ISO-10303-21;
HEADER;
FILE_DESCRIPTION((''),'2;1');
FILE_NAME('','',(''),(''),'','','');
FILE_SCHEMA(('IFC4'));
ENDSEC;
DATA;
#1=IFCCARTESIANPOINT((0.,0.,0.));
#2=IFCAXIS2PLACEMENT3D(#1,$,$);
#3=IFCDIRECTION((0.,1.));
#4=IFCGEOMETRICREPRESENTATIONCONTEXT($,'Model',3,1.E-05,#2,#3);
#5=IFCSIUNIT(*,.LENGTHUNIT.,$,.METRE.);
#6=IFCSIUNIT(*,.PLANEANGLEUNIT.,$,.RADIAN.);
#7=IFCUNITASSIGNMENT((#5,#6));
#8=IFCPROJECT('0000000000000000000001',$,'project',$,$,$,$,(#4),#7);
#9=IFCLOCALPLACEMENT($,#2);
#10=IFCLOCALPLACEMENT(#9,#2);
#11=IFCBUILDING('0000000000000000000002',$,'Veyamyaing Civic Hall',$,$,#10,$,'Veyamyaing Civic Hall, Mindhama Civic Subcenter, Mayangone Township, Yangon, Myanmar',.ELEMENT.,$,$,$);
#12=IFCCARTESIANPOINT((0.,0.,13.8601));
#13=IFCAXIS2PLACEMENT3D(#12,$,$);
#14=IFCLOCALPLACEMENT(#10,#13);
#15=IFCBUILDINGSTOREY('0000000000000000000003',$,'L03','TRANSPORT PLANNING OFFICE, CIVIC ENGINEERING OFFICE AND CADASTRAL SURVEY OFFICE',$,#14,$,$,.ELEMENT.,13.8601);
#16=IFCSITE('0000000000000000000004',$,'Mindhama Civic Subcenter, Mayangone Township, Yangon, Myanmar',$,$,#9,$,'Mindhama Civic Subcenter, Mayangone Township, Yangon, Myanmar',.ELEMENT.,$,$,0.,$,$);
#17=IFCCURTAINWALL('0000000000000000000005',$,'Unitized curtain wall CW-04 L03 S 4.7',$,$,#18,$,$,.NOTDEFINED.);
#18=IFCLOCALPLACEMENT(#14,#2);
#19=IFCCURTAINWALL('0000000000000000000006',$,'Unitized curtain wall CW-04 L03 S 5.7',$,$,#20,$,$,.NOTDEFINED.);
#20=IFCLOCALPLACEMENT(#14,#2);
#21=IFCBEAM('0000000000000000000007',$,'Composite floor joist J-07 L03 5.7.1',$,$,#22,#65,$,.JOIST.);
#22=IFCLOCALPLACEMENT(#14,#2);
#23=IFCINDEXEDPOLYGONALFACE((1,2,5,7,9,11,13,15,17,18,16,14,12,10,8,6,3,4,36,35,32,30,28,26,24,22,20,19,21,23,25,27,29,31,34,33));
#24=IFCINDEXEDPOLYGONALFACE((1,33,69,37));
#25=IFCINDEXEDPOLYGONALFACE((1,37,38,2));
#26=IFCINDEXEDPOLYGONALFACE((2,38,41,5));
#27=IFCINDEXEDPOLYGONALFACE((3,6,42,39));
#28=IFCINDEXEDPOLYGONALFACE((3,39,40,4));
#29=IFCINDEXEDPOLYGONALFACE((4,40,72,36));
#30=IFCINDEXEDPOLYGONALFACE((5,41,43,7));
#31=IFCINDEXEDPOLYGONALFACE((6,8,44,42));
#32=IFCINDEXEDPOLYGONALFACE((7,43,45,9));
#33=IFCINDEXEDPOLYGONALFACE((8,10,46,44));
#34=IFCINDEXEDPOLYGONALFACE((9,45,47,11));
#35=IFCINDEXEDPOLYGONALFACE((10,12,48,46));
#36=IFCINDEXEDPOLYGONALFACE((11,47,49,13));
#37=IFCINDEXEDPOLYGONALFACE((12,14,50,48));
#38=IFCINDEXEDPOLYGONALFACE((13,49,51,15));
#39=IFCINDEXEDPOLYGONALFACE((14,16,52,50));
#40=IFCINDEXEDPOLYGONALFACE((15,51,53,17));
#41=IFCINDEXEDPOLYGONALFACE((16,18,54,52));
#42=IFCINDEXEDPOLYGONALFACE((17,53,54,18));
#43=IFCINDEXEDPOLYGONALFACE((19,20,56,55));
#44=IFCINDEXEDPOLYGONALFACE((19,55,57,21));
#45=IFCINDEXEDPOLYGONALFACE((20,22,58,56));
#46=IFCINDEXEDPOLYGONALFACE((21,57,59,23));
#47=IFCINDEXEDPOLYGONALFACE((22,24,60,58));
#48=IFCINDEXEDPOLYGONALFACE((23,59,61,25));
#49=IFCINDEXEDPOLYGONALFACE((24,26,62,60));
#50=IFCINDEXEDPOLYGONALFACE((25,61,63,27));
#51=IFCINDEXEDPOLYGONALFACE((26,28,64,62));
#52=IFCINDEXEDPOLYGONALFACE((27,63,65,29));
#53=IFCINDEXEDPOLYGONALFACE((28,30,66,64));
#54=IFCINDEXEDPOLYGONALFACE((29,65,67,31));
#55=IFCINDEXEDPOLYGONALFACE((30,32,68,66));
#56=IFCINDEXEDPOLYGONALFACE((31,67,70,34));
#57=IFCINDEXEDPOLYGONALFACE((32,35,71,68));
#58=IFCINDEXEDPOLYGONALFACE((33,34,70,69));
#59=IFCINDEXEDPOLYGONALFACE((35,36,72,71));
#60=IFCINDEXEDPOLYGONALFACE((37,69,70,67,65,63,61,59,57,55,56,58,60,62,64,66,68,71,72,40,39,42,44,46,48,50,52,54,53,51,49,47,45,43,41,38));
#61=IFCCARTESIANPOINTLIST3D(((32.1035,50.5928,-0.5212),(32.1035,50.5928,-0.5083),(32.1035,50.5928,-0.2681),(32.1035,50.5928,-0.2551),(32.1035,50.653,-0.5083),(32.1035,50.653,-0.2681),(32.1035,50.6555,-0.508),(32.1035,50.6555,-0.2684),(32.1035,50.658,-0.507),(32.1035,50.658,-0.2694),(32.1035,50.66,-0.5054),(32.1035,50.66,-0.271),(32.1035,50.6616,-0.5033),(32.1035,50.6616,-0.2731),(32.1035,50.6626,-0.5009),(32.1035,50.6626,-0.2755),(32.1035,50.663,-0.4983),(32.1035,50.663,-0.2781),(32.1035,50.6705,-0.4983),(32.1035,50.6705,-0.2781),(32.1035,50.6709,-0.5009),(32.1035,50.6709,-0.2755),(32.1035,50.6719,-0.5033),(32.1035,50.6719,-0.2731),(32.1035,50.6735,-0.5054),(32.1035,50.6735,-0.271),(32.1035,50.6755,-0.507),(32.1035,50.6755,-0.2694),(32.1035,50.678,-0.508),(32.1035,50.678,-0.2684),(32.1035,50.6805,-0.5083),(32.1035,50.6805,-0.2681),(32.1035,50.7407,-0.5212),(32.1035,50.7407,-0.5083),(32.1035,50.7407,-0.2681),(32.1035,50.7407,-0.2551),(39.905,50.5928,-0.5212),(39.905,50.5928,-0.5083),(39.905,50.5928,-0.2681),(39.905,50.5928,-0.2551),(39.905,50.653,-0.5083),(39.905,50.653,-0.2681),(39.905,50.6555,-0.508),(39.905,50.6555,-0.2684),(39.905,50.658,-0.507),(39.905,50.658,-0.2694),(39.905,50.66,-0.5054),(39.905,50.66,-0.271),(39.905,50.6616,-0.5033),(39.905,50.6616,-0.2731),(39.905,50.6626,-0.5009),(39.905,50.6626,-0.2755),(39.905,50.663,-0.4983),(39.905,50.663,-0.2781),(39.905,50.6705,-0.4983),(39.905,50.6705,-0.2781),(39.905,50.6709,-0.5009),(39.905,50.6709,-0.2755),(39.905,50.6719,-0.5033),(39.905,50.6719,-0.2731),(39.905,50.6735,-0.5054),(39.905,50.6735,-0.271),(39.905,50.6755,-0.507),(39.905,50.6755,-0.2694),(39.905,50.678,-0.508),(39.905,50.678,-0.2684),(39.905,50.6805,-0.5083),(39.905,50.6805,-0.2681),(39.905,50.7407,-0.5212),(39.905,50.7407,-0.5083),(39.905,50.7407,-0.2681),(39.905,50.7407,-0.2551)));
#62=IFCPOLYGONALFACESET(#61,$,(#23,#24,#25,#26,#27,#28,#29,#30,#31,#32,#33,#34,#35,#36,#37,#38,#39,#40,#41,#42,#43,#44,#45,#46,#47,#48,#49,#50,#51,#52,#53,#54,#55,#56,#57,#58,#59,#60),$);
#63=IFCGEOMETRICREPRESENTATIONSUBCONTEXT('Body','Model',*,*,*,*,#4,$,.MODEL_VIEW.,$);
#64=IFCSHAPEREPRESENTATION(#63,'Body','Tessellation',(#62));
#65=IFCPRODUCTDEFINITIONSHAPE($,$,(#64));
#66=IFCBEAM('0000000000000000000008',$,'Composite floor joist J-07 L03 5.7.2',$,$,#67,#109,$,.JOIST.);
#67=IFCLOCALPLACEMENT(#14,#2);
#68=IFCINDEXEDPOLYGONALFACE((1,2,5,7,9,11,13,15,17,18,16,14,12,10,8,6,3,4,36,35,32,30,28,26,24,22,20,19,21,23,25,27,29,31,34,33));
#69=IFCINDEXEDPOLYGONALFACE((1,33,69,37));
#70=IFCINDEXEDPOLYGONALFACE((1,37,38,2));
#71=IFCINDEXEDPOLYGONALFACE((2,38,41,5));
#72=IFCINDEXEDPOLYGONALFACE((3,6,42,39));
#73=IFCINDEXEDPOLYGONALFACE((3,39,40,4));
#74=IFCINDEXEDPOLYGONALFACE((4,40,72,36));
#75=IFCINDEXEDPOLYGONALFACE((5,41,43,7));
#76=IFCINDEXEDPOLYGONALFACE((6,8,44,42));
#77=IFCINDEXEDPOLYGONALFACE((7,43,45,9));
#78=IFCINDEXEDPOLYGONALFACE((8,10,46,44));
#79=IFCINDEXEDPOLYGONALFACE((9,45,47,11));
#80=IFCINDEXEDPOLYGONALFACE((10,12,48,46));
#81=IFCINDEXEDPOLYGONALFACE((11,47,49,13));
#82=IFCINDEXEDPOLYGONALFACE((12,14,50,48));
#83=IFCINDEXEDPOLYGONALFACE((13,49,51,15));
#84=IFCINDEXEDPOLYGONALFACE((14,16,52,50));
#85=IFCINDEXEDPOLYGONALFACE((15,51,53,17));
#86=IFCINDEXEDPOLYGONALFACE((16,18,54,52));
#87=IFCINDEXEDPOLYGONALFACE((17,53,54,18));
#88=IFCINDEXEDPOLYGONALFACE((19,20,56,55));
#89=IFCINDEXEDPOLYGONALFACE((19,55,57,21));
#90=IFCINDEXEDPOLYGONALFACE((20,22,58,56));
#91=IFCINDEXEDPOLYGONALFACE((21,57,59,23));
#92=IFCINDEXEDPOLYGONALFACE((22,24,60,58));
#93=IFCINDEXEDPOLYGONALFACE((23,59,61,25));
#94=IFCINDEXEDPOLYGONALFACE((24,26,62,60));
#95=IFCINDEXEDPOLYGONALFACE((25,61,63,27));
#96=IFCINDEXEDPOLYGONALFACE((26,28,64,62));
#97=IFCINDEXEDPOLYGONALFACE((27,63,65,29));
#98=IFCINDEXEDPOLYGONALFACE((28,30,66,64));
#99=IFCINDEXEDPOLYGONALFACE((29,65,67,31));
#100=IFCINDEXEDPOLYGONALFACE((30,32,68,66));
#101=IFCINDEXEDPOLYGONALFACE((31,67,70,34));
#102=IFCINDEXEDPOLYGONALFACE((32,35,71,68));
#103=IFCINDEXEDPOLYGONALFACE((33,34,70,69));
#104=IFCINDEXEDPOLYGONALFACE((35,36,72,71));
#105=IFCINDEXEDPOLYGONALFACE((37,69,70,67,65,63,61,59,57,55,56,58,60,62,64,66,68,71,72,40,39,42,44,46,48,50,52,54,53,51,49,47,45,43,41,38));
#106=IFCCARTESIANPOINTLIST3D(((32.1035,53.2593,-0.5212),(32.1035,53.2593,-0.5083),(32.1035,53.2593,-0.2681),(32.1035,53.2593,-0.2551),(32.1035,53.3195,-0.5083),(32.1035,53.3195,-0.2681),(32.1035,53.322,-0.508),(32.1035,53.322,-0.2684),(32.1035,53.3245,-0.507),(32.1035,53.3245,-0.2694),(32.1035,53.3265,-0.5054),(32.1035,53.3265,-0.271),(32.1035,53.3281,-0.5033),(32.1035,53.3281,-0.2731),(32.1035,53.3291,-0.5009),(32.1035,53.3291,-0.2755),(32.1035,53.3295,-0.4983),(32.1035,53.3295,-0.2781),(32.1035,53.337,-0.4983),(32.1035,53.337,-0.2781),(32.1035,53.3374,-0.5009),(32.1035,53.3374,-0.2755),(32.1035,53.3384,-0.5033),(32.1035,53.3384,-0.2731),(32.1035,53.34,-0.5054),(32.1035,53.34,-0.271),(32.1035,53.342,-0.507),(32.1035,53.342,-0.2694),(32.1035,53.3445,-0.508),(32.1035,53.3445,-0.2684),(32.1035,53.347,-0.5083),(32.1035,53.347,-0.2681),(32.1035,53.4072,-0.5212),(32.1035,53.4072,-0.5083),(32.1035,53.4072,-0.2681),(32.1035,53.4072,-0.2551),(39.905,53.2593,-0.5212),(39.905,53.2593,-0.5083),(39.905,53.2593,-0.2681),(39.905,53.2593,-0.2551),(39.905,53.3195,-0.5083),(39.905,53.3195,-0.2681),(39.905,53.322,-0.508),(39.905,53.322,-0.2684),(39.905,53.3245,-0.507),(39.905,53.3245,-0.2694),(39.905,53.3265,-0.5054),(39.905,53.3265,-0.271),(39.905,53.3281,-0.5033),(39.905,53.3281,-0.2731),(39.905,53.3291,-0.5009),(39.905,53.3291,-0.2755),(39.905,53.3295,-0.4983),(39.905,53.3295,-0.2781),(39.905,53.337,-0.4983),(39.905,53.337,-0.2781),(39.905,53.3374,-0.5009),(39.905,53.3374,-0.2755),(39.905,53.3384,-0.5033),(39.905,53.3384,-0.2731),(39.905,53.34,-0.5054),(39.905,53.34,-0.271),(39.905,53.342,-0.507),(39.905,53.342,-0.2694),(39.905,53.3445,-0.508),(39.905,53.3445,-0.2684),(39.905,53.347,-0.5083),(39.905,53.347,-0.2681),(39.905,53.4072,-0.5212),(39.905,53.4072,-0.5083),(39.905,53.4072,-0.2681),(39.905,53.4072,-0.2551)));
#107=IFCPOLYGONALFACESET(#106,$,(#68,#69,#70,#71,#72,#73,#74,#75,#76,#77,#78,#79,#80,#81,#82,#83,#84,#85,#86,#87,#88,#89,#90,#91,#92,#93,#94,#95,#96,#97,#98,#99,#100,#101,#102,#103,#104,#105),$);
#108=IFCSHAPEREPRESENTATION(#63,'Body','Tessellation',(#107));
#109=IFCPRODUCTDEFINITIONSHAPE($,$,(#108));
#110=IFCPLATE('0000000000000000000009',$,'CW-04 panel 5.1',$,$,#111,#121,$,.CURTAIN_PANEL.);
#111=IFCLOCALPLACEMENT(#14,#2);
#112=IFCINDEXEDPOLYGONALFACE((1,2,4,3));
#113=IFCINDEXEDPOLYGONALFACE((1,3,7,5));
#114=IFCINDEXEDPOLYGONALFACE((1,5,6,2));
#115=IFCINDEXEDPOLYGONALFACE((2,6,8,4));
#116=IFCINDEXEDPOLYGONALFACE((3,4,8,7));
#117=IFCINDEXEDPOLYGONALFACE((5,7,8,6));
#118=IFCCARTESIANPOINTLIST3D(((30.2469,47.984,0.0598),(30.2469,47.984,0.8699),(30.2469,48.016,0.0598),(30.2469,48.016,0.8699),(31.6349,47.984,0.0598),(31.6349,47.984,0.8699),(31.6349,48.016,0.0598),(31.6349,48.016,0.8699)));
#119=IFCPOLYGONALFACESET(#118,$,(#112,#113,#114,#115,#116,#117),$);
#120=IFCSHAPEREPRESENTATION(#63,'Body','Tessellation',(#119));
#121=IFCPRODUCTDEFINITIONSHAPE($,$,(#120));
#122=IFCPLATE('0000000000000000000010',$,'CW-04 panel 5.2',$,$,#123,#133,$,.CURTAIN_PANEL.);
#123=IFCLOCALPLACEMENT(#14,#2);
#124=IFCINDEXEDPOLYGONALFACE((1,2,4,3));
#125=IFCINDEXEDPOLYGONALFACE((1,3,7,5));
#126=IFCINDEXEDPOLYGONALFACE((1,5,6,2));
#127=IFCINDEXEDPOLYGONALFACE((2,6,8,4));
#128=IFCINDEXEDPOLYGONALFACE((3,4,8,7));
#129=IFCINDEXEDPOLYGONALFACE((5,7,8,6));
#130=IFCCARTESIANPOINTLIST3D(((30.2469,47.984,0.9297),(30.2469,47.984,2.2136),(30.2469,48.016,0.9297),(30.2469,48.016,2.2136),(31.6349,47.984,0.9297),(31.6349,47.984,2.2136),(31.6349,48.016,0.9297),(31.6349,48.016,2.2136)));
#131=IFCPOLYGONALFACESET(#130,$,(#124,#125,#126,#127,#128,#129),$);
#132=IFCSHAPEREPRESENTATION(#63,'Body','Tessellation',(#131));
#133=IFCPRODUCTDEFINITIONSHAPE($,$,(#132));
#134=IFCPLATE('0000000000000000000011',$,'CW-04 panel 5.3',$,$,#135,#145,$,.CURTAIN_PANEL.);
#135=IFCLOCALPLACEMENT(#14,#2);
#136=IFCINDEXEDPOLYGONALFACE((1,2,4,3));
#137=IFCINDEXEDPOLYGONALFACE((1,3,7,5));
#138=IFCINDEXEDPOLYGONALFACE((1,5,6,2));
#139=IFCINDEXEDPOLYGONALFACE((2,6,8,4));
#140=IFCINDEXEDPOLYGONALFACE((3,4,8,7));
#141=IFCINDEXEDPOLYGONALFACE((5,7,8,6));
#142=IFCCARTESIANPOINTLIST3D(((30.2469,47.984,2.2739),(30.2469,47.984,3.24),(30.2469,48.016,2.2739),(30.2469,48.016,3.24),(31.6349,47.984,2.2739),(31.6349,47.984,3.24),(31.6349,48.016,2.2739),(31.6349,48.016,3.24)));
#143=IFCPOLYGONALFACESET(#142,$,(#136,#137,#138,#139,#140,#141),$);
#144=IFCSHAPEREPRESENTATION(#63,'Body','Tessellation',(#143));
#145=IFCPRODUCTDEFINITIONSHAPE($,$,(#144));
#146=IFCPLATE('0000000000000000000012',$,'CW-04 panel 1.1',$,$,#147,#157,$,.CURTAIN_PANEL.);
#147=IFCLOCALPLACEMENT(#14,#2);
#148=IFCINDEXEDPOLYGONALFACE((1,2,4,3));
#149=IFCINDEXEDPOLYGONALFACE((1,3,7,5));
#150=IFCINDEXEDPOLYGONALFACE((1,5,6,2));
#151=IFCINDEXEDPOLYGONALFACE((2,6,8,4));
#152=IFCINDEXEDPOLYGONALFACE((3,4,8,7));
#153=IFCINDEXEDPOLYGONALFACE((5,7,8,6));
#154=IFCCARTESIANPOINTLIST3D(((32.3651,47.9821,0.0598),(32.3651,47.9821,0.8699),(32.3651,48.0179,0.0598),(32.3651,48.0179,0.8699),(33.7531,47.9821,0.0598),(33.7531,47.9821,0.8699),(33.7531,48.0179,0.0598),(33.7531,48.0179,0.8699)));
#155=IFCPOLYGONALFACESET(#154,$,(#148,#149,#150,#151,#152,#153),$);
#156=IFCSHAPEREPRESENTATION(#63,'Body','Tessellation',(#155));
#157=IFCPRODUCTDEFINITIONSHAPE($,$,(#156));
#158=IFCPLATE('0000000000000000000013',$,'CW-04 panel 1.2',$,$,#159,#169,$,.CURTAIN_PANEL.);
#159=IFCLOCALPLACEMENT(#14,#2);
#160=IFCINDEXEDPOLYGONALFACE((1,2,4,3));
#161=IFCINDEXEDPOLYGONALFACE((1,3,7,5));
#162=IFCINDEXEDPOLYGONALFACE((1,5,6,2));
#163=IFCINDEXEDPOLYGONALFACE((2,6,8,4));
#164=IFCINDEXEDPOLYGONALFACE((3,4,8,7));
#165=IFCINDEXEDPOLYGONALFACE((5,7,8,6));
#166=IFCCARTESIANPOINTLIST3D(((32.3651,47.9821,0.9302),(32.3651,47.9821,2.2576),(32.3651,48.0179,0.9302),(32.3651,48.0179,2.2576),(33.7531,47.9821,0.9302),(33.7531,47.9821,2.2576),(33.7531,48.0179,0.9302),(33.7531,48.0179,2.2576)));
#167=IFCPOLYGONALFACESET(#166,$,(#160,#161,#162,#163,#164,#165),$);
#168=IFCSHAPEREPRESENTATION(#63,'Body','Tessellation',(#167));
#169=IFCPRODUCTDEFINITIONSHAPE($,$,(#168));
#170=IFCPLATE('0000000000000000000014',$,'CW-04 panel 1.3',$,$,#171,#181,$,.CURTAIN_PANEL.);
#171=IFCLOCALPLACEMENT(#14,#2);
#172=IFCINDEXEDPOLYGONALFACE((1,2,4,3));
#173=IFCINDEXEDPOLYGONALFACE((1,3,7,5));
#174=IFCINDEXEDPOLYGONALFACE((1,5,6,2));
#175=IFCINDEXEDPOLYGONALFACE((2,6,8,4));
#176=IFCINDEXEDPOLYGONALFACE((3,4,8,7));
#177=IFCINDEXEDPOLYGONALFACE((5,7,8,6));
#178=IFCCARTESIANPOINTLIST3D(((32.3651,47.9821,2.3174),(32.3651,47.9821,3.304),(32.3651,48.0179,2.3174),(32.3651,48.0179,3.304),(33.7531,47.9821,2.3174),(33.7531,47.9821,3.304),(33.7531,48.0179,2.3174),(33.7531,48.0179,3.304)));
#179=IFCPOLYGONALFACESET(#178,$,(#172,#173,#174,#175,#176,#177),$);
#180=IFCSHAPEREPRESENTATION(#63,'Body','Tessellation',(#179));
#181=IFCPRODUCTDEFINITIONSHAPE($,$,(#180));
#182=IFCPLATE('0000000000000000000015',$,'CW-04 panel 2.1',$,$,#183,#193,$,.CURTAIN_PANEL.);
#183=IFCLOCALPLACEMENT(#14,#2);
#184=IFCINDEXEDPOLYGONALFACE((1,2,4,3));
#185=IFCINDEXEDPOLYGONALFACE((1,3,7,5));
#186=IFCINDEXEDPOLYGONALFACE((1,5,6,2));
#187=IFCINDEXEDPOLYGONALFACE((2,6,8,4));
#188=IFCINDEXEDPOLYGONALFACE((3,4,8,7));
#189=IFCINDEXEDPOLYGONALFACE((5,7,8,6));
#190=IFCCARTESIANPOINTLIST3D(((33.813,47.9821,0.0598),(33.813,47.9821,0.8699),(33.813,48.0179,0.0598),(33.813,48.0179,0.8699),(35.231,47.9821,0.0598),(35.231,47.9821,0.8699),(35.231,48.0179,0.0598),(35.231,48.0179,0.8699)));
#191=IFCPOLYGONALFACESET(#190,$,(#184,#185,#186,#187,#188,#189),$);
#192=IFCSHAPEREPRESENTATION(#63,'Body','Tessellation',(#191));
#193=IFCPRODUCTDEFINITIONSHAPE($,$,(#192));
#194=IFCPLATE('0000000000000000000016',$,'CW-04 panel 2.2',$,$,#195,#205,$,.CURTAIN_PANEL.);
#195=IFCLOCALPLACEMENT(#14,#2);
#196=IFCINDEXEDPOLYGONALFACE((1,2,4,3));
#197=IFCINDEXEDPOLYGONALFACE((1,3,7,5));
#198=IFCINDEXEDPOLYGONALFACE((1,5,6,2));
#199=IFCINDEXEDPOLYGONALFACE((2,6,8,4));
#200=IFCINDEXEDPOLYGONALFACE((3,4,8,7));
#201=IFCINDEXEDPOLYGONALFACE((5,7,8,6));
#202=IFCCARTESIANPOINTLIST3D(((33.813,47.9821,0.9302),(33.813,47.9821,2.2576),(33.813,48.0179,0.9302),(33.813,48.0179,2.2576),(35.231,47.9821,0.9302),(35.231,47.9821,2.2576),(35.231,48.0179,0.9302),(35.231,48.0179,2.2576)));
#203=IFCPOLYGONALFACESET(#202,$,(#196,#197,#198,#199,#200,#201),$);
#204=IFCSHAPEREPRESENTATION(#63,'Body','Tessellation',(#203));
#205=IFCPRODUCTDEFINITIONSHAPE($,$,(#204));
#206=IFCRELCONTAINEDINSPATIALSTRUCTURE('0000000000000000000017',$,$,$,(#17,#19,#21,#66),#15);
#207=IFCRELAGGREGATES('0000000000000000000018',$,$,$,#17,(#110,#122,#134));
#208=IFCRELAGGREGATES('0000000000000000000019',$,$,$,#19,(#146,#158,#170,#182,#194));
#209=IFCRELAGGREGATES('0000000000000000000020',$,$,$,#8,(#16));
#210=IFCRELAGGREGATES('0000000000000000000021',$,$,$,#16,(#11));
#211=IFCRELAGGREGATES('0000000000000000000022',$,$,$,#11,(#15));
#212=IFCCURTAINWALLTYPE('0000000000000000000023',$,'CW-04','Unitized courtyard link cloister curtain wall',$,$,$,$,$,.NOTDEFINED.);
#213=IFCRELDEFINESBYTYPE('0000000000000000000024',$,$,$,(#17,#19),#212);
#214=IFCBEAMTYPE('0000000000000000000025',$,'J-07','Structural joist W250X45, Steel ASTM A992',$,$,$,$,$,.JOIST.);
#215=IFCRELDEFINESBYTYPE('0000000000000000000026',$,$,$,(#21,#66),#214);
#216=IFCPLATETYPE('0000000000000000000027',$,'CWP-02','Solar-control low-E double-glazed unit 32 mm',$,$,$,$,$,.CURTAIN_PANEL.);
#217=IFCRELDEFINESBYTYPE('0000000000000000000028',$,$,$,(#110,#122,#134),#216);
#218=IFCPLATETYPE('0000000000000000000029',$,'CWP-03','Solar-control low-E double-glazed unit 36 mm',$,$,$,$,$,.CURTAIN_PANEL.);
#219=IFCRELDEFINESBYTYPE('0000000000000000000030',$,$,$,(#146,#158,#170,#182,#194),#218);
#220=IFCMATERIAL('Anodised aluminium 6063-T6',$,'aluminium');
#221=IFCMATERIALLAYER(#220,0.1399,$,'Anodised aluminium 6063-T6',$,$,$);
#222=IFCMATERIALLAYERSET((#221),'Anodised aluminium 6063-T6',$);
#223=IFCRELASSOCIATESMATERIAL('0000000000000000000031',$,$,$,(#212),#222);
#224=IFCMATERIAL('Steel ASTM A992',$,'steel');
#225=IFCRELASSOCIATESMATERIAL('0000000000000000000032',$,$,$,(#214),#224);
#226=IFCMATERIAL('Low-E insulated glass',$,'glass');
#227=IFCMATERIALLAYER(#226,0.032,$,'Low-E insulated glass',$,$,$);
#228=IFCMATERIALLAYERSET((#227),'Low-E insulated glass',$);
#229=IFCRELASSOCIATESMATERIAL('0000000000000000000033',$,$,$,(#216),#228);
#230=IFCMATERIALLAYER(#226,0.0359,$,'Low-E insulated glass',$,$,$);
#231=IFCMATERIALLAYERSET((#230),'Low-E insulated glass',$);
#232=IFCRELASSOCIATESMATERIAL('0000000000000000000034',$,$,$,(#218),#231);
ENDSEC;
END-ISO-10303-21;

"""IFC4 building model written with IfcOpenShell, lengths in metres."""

from ifc_helpers import new_model, si_unit, direction, frame, origin, origin_2d, place, context, subcontext, project, spatial, rectangle, i_section, extrude, material, layer, layer_set, material_profile, profile_set, type_object, element, aggregate, save


model = new_model("IFC4")

# Units and contexts
model_context = context("Model", 3, precision=1e-05, world=origin(), true_north=direction((0.0, 1.0)))
body_context = subcontext(model_context, "Body", "Model", "MODEL_VIEW")
ifc_project = project(units=[si_unit("LENGTHUNIT", "METRE"), si_unit("PLANEANGLEUNIT", "RADIAN")], contexts=[model_context])

# Site, building, storey
site_placement = place(None, origin())
site = spatial("IfcSite", under=ifc_project, at=site_placement, Name="Mindhama Civic Subcenter, Mayangone Township, Yangon, Myanmar", LongName="Mindhama Civic Subcenter, Mayangone Township, Yangon, Myanmar", CompositionType="ELEMENT", RefElevation=0.0)
building_placement = place(site_placement, origin())
building = spatial("IfcBuilding", under=site, at=building_placement, Name="Veyamyaing Civic Hall", LongName="Veyamyaing Civic Hall, Mindhama Civic Subcenter, Mayangone Township, Yangon, Myanmar", CompositionType="ELEMENT")
storey_placement = place(building_placement, frame((0.0, 0.0, 13.8601)))
storey = spatial("IfcBuildingStorey", under=building, at=storey_placement, Name="L03", Description="TRANSPORT PLANNING OFFICE, CIVIC ENGINEERING OFFICE AND CADASTRAL SURVEY OFFICE", CompositionType="ELEMENT", Elevation=13.8601)

# Shared definitions
ifc_material_1 = material(Name="Steel ASTM A992", Category="steel")

# Curtain wall
ifc_material_2 = material(Name="Anodised aluminium 6063-T6", Category="aluminium")
ifc_layer_1 = layer(ifc_material_2, 0.1399, Name="Anodised aluminium 6063-T6")
ifc_layer_set_1 = layer_set([ifc_layer_1], Name="Anodised aluminium 6063-T6")
curtain_wall_type = type_object("IfcCurtainWallType", Name="CW-04", Description="Unitized courtyard link cloister curtain wall", PredefinedType="NOTDEFINED", material=ifc_layer_set_1)
curtain_wall_1_placement = place(storey_placement, origin())
curtain_wall_1 = element("IfcCurtainWall", 1, at=curtain_wall_1_placement, inside=storey, type_object=curtain_wall_type, Name="Unitized curtain wall CW-04 L03 S 4.7", PredefinedType="NOTDEFINED")

# Curtain wall
curtain_wall_2_placement = place(storey_placement, origin())
curtain_wall_2 = element("IfcCurtainWall", 2, at=curtain_wall_2_placement, inside=storey, type_object=curtain_wall_type, Name="Unitized curtain wall CW-04 L03 S 5.7", PredefinedType="NOTDEFINED")

# Beams
ifc_material_profile_1 = material_profile(ifc_material_1, i_section(OverallWidth=0.1479, OverallDepth=0.2661, WebThickness=0.0076, FlangeThickness=0.0129, FilletRadius=0.01, at=origin_2d()), Name="W250X45")
ifc_profile_set_1 = profile_set([ifc_material_profile_1], Name="Steel ASTM A992")
beam_type_1 = type_object("IfcBeamType", Name="J-07", Description="Structural joist W250X45, Steel ASTM A992", PredefinedType="JOIST", material=ifc_profile_set_1)
for number, where, z_axis, x_axis, name in (
    (3, (32.1035, 50.6667, -0.3882), (1.0, 0.0, 0.0), (0.0, 1.0, 0.0), "Composite floor joist J-07 L03 5.7.1"),
    (4, (32.1035, 53.3333, -0.3882), (1.0, 0.0, 0.0), (0.0, 1.0, 0.0), "Composite floor joist J-07 L03 5.7.2"),
):
    element("IfcBeam", number, at=place(storey_placement, frame(where, z_axis=z_axis, x_axis=x_axis)), inside=storey, type_object=beam_type_1, Name=name, PredefinedType="JOIST", context=body_context, shape_type="SweptSolid", body=[
        extrude(i_section(OverallWidth=0.1479, OverallDepth=0.2661, WebThickness=0.0076, FlangeThickness=0.0129, FilletRadius=0.01, at=origin_2d()), origin(), (0.0, 0.0, 1.0), 7.8015),
    ])

# Plates
ifc_material_3 = material(Name="Low-E insulated glass", Category="glass")
ifc_layer_2 = layer(ifc_material_3, 0.032, Name="Low-E insulated glass")
ifc_layer_set_2 = layer_set([ifc_layer_2], Name="Low-E insulated glass")
plate_type_1 = type_object("IfcPlateType", Name="CWP-02", Description="Solar-control low-E double-glazed unit 32 mm", PredefinedType="CURTAIN_PANEL", material=ifc_layer_set_2)
plate_1_placement = place(storey_placement, frame((30.9409, 48.0, 0.0598), z_axis=(0.0, 0.0, 1.0), x_axis=(1.0, 0.0, 0.0)))
plate_1 = element("IfcPlate", 5, at=plate_1_placement, type_object=plate_type_1, Name="CW-04 panel 5.1", PredefinedType="CURTAIN_PANEL", context=body_context, shape_type="SweptSolid", body=[
    extrude(rectangle(XDim=1.3879, YDim=0.032, at=origin_2d()), origin(), (0.0, 0.0, 1.0), 0.8101),
])
plate_2_placement = place(storey_placement, frame((30.9409, 48.0, 0.9297), z_axis=(0.0, 0.0, 1.0), x_axis=(1.0, 0.0, 0.0)))
plate_2 = element("IfcPlate", 6, at=plate_2_placement, type_object=plate_type_1, Name="CW-04 panel 5.2", PredefinedType="CURTAIN_PANEL", context=body_context, shape_type="SweptSolid", body=[
    extrude(rectangle(XDim=1.3879, YDim=0.032, at=origin_2d()), origin(), (0.0, 0.0, 1.0), 1.2839),
])
plate_3_placement = place(storey_placement, frame((30.9409, 48.0, 2.2739), z_axis=(0.0, 0.0, 1.0), x_axis=(1.0, 0.0, 0.0)))
plate_3 = element("IfcPlate", 7, at=plate_3_placement, type_object=plate_type_1, Name="CW-04 panel 5.3", PredefinedType="CURTAIN_PANEL", context=body_context, shape_type="SweptSolid", body=[
    extrude(rectangle(XDim=1.3879, YDim=0.032, at=origin_2d()), origin(), (0.0, 0.0, 1.0), 0.9661),
])
aggregate(curtain_wall_1, [plate_1, plate_2, plate_3])
ifc_layer_3 = layer(ifc_material_3, 0.0359, Name="Low-E insulated glass")
ifc_layer_set_3 = layer_set([ifc_layer_3], Name="Low-E insulated glass")
plate_type_2 = type_object("IfcPlateType", Name="CWP-03", Description="Solar-control low-E double-glazed unit 36 mm", PredefinedType="CURTAIN_PANEL", material=ifc_layer_set_3)
plate_4_placement = place(storey_placement, frame((33.0591, 48.0, 0.0598), z_axis=(0.0, 0.0, 1.0), x_axis=(1.0, 0.0, 0.0)))
plate_4 = element("IfcPlate", 8, at=plate_4_placement, type_object=plate_type_2, Name="CW-04 panel 1.1", PredefinedType="CURTAIN_PANEL", context=body_context, shape_type="SweptSolid", body=[
    extrude(rectangle(XDim=1.3879, YDim=0.0359, at=origin_2d()), origin(), (0.0, 0.0, 1.0), 0.8101),
])
plate_5_placement = place(storey_placement, frame((33.0591, 48.0, 0.9302), z_axis=(0.0, 0.0, 1.0), x_axis=(1.0, 0.0, 0.0)))
plate_5 = element("IfcPlate", 9, at=plate_5_placement, type_object=plate_type_2, Name="CW-04 panel 1.2", PredefinedType="CURTAIN_PANEL", context=body_context, shape_type="SweptSolid", body=[
    extrude(rectangle(XDim=1.3879, YDim=0.0359, at=origin_2d()), origin(), (0.0, 0.0, 1.0), 1.3274),
])
plate_6_placement = place(storey_placement, frame((33.0591, 48.0, 2.3174), z_axis=(0.0, 0.0, 1.0), x_axis=(1.0, 0.0, 0.0)))
plate_6 = element("IfcPlate", 10, at=plate_6_placement, type_object=plate_type_2, Name="CW-04 panel 1.3", PredefinedType="CURTAIN_PANEL", context=body_context, shape_type="SweptSolid", body=[
    extrude(rectangle(XDim=1.3879, YDim=0.0359, at=origin_2d()), origin(), (0.0, 0.0, 1.0), 0.9866),
])
plate_7_placement = place(storey_placement, frame((34.522, 48.0, 0.0598), z_axis=(0.0, 0.0, 1.0), x_axis=(1.0, 0.0, 0.0)))
plate_7 = element("IfcPlate", 11, at=plate_7_placement, type_object=plate_type_2, Name="CW-04 panel 2.1", PredefinedType="CURTAIN_PANEL", context=body_context, shape_type="SweptSolid", body=[
    extrude(rectangle(XDim=1.418, YDim=0.0359, at=origin_2d()), origin(), (0.0, 0.0, 1.0), 0.8101),
])
plate_8_placement = place(storey_placement, frame((34.522, 48.0, 0.9302), z_axis=(0.0, 0.0, 1.0), x_axis=(1.0, 0.0, 0.0)))
plate_8 = element("IfcPlate", 12, at=plate_8_placement, type_object=plate_type_2, Name="CW-04 panel 2.2", PredefinedType="CURTAIN_PANEL", context=body_context, shape_type="SweptSolid", body=[
    extrude(rectangle(XDim=1.418, YDim=0.0359, at=origin_2d()), origin(), (0.0, 0.0, 1.0), 1.3274),
])
aggregate(curtain_wall_2, [plate_4, plate_5, plate_6, plate_7, plate_8])

save(model, "model.ifc")
